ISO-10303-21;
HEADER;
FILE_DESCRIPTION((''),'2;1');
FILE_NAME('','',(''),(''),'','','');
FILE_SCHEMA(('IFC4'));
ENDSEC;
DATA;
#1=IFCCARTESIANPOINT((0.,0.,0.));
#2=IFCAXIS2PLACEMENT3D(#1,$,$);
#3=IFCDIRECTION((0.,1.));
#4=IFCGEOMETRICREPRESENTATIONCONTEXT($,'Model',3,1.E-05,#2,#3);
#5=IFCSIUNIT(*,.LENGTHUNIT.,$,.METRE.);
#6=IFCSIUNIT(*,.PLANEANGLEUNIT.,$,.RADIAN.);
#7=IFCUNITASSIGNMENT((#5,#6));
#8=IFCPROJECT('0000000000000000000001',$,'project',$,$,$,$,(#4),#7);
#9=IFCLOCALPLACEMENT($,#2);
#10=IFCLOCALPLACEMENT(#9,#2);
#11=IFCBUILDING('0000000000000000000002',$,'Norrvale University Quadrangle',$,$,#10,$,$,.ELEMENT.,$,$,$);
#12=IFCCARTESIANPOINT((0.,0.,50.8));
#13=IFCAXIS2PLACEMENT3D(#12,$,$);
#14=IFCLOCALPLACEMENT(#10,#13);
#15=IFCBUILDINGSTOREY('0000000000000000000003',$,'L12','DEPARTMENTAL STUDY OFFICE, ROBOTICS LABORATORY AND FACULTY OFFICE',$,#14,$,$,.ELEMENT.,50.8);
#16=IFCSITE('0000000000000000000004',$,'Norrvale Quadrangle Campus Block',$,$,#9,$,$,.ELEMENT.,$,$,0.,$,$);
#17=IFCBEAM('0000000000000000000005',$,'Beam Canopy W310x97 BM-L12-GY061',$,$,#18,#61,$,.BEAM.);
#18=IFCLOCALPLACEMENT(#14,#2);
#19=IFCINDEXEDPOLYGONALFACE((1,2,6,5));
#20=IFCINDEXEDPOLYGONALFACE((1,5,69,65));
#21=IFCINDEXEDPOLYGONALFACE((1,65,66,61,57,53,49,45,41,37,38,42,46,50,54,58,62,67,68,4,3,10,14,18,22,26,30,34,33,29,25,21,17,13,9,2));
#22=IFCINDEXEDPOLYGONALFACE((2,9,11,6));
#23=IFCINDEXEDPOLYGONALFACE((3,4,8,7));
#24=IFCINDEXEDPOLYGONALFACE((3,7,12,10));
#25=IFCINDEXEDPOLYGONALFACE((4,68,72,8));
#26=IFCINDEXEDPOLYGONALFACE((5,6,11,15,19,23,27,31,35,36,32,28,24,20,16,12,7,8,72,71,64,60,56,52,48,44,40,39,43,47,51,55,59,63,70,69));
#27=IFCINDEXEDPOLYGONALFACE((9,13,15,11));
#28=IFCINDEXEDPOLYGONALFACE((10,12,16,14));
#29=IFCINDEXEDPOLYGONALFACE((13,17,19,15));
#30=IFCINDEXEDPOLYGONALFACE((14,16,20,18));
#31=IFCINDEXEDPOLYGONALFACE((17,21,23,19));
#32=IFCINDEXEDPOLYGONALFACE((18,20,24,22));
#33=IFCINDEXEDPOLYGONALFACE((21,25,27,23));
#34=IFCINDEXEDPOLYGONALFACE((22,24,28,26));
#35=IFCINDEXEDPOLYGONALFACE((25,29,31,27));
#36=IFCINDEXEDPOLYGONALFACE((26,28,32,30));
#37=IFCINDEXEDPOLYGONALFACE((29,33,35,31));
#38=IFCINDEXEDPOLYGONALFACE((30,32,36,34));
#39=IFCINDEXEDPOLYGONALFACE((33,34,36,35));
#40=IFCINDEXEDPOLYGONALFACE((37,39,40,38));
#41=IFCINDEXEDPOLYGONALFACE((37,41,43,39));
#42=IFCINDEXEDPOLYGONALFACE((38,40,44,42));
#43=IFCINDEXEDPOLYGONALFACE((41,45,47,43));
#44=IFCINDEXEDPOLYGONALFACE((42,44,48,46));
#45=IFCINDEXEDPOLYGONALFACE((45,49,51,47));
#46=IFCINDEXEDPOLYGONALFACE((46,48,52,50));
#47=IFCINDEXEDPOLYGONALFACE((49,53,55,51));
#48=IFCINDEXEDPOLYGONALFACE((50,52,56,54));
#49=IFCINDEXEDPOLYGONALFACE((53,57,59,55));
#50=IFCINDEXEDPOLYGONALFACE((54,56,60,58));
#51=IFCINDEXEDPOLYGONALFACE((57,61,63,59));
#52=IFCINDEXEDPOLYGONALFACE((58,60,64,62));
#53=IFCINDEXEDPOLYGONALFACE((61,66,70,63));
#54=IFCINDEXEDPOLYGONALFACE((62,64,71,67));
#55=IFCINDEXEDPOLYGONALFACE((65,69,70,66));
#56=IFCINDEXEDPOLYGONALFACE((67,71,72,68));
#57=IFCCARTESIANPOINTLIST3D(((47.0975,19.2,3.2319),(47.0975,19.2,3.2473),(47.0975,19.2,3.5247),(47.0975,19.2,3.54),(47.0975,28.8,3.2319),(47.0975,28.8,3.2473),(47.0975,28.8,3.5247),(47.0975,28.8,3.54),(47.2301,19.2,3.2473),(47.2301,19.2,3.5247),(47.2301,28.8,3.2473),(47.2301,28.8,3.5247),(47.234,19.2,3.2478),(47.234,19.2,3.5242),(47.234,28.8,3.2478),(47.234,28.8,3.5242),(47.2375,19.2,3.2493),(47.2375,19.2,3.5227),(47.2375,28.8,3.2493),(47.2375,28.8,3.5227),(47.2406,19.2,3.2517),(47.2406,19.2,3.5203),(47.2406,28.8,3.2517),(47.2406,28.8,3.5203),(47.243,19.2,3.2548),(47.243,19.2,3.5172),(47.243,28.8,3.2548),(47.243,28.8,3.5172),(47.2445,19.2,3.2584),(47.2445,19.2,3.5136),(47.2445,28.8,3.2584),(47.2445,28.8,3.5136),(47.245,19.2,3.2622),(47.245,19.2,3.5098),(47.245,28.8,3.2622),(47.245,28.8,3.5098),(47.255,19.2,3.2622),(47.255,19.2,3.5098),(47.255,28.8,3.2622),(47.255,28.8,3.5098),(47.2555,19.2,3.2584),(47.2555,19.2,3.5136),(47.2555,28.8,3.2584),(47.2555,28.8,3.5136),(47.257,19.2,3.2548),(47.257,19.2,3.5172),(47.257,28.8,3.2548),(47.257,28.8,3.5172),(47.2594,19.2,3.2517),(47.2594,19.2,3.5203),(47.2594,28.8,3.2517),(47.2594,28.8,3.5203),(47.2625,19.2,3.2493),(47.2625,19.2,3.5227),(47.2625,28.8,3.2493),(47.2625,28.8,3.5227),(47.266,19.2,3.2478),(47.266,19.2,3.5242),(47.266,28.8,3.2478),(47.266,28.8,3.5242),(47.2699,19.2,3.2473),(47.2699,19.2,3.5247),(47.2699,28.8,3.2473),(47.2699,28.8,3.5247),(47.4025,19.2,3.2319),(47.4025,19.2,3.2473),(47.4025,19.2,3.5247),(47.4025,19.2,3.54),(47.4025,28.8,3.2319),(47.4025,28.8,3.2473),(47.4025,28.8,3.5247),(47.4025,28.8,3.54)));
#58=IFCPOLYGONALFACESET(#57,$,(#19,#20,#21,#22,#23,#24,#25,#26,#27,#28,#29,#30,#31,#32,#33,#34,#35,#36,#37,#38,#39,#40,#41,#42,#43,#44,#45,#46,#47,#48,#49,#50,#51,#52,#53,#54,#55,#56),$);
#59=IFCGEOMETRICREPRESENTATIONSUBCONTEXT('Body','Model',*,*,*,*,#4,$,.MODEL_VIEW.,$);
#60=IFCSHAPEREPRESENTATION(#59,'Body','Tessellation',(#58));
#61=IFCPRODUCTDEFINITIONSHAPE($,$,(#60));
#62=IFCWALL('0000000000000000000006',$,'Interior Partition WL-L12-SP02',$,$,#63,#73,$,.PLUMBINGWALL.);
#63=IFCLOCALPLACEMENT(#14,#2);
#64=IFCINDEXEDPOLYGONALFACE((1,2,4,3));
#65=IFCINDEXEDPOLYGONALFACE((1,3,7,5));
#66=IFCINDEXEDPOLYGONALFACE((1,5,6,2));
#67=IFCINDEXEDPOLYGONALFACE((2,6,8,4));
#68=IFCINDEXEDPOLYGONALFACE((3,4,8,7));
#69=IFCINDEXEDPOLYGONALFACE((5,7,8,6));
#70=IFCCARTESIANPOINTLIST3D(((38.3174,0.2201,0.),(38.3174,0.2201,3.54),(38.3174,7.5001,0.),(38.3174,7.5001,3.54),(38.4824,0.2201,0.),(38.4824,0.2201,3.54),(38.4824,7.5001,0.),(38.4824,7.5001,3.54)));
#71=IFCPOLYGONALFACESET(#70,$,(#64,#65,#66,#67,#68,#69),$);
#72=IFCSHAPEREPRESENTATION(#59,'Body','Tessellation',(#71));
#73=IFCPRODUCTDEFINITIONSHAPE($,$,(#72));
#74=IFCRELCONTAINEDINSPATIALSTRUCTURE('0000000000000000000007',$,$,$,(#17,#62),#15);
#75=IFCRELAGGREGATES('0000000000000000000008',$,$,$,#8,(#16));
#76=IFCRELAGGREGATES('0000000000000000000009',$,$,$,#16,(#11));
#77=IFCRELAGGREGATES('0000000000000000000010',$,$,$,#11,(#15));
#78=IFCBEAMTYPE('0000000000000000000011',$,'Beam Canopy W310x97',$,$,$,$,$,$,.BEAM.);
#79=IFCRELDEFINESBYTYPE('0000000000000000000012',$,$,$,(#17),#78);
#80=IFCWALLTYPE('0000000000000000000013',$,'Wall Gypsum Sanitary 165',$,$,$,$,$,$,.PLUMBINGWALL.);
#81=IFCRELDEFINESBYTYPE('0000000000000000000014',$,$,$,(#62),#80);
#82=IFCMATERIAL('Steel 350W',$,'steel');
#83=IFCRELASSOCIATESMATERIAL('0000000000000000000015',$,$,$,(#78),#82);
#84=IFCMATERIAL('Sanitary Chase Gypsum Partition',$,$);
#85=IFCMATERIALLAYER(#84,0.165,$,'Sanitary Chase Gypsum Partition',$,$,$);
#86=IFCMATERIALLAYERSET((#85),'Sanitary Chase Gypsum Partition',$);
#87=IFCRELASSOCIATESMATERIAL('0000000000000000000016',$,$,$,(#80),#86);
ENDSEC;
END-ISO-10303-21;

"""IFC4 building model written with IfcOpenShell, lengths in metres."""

from ifc_helpers import new_model, si_unit, direction, frame, frame_2d, origin, origin_2d, place, context, subcontext, project, spatial, rectangle, i_section, extrude, material, layer, layer_set, material_profile, profile_set, type_object, element, save


model = new_model("IFC4")

# Units and contexts
model_context = context("Model", 3, precision=1e-05, world=origin(), true_north=direction((0.0, 1.0)))
body_context = subcontext(model_context, "Body", "Model", "MODEL_VIEW")
ifc_project = project(units=[si_unit("LENGTHUNIT", "METRE"), si_unit("PLANEANGLEUNIT", "RADIAN")], contexts=[model_context])

# Site, building, storey
site_placement = place(None, origin())
site = spatial("IfcSite", under=ifc_project, at=site_placement, Name="Norrvale Quadrangle Campus Block", CompositionType="ELEMENT", RefElevation=0.0)
building_placement = place(site_placement, origin())
building = spatial("IfcBuilding", under=site, at=building_placement, Name="Norrvale University Quadrangle", CompositionType="ELEMENT")
storey_placement = place(building_placement, frame((0.0, 0.0, 50.8)))
storey = spatial("IfcBuildingStorey", under=building, at=storey_placement, Name="L12", Description="DEPARTMENTAL STUDY OFFICE, ROBOTICS LABORATORY AND FACULTY OFFICE", CompositionType="ELEMENT", Elevation=50.8)

# Beam
ifc_material_1 = material(Name="Steel 350W", Category="steel")
ifc_material_profile_1 = material_profile(ifc_material_1, i_section(OverallWidth=0.3049, OverallDepth=0.3081, WebThickness=0.01, FlangeThickness=0.0154, FilletRadius=0.0149, at=origin_2d()), Name="Steel 350W")
ifc_profile_set_1 = profile_set([ifc_material_profile_1], Name="Steel 350W")
beam_type_1 = type_object("IfcBeamType", Name="Beam Canopy W310x97", PredefinedType="BEAM", material=ifc_profile_set_1)
beam_1_placement = place(storey_placement, frame((47.25, 19.2, 3.386), z_axis=(0.0, 1.0, 0.0), x_axis=(-1.0, 0.0, 0.0)))
element("IfcBeam", 1, at=beam_1_placement, inside=storey, type_object=beam_type_1, Name="Beam Canopy W310x97 BM-L12-GY061", PredefinedType="BEAM", context=body_context, shape_type="SweptSolid", body=[
    extrude(i_section(OverallWidth=0.3049, OverallDepth=0.3081, WebThickness=0.01, FlangeThickness=0.0154, FilletRadius=0.0149, at=origin_2d()), origin(), (0.0, 0.0, 1.0), 9.6001),
])

# Wall
ifc_material_2 = material(Name="Sanitary Chase Gypsum Partition")
ifc_layer = layer(ifc_material_2, 0.165, Name="Sanitary Chase Gypsum Partition")
ifc_layer_set = layer_set([ifc_layer], Name="Sanitary Chase Gypsum Partition")
wall_type = type_object("IfcWallType", Name="Wall Gypsum Sanitary 165", PredefinedType="PLUMBINGWALL", material=ifc_layer_set)
wall_placement = place(storey_placement, frame((38.3999, 0.22, 0.0), z_axis=(0.0, 0.0, 1.0), x_axis=(0.0, 1.0, 0.0)))
element("IfcWall", 2, at=wall_placement, inside=storey, type_object=wall_type, Name="Interior Partition WL-L12-SP02", PredefinedType="PLUMBINGWALL", context=body_context, shape_type="SweptSolid", body=[
    extrude(rectangle(XDim=7.28, YDim=0.165, at=frame_2d((3.6401, 0.0))), origin(), (0.0, 0.0, 1.0), 3.54),
])

save(model, "model.ifc")
